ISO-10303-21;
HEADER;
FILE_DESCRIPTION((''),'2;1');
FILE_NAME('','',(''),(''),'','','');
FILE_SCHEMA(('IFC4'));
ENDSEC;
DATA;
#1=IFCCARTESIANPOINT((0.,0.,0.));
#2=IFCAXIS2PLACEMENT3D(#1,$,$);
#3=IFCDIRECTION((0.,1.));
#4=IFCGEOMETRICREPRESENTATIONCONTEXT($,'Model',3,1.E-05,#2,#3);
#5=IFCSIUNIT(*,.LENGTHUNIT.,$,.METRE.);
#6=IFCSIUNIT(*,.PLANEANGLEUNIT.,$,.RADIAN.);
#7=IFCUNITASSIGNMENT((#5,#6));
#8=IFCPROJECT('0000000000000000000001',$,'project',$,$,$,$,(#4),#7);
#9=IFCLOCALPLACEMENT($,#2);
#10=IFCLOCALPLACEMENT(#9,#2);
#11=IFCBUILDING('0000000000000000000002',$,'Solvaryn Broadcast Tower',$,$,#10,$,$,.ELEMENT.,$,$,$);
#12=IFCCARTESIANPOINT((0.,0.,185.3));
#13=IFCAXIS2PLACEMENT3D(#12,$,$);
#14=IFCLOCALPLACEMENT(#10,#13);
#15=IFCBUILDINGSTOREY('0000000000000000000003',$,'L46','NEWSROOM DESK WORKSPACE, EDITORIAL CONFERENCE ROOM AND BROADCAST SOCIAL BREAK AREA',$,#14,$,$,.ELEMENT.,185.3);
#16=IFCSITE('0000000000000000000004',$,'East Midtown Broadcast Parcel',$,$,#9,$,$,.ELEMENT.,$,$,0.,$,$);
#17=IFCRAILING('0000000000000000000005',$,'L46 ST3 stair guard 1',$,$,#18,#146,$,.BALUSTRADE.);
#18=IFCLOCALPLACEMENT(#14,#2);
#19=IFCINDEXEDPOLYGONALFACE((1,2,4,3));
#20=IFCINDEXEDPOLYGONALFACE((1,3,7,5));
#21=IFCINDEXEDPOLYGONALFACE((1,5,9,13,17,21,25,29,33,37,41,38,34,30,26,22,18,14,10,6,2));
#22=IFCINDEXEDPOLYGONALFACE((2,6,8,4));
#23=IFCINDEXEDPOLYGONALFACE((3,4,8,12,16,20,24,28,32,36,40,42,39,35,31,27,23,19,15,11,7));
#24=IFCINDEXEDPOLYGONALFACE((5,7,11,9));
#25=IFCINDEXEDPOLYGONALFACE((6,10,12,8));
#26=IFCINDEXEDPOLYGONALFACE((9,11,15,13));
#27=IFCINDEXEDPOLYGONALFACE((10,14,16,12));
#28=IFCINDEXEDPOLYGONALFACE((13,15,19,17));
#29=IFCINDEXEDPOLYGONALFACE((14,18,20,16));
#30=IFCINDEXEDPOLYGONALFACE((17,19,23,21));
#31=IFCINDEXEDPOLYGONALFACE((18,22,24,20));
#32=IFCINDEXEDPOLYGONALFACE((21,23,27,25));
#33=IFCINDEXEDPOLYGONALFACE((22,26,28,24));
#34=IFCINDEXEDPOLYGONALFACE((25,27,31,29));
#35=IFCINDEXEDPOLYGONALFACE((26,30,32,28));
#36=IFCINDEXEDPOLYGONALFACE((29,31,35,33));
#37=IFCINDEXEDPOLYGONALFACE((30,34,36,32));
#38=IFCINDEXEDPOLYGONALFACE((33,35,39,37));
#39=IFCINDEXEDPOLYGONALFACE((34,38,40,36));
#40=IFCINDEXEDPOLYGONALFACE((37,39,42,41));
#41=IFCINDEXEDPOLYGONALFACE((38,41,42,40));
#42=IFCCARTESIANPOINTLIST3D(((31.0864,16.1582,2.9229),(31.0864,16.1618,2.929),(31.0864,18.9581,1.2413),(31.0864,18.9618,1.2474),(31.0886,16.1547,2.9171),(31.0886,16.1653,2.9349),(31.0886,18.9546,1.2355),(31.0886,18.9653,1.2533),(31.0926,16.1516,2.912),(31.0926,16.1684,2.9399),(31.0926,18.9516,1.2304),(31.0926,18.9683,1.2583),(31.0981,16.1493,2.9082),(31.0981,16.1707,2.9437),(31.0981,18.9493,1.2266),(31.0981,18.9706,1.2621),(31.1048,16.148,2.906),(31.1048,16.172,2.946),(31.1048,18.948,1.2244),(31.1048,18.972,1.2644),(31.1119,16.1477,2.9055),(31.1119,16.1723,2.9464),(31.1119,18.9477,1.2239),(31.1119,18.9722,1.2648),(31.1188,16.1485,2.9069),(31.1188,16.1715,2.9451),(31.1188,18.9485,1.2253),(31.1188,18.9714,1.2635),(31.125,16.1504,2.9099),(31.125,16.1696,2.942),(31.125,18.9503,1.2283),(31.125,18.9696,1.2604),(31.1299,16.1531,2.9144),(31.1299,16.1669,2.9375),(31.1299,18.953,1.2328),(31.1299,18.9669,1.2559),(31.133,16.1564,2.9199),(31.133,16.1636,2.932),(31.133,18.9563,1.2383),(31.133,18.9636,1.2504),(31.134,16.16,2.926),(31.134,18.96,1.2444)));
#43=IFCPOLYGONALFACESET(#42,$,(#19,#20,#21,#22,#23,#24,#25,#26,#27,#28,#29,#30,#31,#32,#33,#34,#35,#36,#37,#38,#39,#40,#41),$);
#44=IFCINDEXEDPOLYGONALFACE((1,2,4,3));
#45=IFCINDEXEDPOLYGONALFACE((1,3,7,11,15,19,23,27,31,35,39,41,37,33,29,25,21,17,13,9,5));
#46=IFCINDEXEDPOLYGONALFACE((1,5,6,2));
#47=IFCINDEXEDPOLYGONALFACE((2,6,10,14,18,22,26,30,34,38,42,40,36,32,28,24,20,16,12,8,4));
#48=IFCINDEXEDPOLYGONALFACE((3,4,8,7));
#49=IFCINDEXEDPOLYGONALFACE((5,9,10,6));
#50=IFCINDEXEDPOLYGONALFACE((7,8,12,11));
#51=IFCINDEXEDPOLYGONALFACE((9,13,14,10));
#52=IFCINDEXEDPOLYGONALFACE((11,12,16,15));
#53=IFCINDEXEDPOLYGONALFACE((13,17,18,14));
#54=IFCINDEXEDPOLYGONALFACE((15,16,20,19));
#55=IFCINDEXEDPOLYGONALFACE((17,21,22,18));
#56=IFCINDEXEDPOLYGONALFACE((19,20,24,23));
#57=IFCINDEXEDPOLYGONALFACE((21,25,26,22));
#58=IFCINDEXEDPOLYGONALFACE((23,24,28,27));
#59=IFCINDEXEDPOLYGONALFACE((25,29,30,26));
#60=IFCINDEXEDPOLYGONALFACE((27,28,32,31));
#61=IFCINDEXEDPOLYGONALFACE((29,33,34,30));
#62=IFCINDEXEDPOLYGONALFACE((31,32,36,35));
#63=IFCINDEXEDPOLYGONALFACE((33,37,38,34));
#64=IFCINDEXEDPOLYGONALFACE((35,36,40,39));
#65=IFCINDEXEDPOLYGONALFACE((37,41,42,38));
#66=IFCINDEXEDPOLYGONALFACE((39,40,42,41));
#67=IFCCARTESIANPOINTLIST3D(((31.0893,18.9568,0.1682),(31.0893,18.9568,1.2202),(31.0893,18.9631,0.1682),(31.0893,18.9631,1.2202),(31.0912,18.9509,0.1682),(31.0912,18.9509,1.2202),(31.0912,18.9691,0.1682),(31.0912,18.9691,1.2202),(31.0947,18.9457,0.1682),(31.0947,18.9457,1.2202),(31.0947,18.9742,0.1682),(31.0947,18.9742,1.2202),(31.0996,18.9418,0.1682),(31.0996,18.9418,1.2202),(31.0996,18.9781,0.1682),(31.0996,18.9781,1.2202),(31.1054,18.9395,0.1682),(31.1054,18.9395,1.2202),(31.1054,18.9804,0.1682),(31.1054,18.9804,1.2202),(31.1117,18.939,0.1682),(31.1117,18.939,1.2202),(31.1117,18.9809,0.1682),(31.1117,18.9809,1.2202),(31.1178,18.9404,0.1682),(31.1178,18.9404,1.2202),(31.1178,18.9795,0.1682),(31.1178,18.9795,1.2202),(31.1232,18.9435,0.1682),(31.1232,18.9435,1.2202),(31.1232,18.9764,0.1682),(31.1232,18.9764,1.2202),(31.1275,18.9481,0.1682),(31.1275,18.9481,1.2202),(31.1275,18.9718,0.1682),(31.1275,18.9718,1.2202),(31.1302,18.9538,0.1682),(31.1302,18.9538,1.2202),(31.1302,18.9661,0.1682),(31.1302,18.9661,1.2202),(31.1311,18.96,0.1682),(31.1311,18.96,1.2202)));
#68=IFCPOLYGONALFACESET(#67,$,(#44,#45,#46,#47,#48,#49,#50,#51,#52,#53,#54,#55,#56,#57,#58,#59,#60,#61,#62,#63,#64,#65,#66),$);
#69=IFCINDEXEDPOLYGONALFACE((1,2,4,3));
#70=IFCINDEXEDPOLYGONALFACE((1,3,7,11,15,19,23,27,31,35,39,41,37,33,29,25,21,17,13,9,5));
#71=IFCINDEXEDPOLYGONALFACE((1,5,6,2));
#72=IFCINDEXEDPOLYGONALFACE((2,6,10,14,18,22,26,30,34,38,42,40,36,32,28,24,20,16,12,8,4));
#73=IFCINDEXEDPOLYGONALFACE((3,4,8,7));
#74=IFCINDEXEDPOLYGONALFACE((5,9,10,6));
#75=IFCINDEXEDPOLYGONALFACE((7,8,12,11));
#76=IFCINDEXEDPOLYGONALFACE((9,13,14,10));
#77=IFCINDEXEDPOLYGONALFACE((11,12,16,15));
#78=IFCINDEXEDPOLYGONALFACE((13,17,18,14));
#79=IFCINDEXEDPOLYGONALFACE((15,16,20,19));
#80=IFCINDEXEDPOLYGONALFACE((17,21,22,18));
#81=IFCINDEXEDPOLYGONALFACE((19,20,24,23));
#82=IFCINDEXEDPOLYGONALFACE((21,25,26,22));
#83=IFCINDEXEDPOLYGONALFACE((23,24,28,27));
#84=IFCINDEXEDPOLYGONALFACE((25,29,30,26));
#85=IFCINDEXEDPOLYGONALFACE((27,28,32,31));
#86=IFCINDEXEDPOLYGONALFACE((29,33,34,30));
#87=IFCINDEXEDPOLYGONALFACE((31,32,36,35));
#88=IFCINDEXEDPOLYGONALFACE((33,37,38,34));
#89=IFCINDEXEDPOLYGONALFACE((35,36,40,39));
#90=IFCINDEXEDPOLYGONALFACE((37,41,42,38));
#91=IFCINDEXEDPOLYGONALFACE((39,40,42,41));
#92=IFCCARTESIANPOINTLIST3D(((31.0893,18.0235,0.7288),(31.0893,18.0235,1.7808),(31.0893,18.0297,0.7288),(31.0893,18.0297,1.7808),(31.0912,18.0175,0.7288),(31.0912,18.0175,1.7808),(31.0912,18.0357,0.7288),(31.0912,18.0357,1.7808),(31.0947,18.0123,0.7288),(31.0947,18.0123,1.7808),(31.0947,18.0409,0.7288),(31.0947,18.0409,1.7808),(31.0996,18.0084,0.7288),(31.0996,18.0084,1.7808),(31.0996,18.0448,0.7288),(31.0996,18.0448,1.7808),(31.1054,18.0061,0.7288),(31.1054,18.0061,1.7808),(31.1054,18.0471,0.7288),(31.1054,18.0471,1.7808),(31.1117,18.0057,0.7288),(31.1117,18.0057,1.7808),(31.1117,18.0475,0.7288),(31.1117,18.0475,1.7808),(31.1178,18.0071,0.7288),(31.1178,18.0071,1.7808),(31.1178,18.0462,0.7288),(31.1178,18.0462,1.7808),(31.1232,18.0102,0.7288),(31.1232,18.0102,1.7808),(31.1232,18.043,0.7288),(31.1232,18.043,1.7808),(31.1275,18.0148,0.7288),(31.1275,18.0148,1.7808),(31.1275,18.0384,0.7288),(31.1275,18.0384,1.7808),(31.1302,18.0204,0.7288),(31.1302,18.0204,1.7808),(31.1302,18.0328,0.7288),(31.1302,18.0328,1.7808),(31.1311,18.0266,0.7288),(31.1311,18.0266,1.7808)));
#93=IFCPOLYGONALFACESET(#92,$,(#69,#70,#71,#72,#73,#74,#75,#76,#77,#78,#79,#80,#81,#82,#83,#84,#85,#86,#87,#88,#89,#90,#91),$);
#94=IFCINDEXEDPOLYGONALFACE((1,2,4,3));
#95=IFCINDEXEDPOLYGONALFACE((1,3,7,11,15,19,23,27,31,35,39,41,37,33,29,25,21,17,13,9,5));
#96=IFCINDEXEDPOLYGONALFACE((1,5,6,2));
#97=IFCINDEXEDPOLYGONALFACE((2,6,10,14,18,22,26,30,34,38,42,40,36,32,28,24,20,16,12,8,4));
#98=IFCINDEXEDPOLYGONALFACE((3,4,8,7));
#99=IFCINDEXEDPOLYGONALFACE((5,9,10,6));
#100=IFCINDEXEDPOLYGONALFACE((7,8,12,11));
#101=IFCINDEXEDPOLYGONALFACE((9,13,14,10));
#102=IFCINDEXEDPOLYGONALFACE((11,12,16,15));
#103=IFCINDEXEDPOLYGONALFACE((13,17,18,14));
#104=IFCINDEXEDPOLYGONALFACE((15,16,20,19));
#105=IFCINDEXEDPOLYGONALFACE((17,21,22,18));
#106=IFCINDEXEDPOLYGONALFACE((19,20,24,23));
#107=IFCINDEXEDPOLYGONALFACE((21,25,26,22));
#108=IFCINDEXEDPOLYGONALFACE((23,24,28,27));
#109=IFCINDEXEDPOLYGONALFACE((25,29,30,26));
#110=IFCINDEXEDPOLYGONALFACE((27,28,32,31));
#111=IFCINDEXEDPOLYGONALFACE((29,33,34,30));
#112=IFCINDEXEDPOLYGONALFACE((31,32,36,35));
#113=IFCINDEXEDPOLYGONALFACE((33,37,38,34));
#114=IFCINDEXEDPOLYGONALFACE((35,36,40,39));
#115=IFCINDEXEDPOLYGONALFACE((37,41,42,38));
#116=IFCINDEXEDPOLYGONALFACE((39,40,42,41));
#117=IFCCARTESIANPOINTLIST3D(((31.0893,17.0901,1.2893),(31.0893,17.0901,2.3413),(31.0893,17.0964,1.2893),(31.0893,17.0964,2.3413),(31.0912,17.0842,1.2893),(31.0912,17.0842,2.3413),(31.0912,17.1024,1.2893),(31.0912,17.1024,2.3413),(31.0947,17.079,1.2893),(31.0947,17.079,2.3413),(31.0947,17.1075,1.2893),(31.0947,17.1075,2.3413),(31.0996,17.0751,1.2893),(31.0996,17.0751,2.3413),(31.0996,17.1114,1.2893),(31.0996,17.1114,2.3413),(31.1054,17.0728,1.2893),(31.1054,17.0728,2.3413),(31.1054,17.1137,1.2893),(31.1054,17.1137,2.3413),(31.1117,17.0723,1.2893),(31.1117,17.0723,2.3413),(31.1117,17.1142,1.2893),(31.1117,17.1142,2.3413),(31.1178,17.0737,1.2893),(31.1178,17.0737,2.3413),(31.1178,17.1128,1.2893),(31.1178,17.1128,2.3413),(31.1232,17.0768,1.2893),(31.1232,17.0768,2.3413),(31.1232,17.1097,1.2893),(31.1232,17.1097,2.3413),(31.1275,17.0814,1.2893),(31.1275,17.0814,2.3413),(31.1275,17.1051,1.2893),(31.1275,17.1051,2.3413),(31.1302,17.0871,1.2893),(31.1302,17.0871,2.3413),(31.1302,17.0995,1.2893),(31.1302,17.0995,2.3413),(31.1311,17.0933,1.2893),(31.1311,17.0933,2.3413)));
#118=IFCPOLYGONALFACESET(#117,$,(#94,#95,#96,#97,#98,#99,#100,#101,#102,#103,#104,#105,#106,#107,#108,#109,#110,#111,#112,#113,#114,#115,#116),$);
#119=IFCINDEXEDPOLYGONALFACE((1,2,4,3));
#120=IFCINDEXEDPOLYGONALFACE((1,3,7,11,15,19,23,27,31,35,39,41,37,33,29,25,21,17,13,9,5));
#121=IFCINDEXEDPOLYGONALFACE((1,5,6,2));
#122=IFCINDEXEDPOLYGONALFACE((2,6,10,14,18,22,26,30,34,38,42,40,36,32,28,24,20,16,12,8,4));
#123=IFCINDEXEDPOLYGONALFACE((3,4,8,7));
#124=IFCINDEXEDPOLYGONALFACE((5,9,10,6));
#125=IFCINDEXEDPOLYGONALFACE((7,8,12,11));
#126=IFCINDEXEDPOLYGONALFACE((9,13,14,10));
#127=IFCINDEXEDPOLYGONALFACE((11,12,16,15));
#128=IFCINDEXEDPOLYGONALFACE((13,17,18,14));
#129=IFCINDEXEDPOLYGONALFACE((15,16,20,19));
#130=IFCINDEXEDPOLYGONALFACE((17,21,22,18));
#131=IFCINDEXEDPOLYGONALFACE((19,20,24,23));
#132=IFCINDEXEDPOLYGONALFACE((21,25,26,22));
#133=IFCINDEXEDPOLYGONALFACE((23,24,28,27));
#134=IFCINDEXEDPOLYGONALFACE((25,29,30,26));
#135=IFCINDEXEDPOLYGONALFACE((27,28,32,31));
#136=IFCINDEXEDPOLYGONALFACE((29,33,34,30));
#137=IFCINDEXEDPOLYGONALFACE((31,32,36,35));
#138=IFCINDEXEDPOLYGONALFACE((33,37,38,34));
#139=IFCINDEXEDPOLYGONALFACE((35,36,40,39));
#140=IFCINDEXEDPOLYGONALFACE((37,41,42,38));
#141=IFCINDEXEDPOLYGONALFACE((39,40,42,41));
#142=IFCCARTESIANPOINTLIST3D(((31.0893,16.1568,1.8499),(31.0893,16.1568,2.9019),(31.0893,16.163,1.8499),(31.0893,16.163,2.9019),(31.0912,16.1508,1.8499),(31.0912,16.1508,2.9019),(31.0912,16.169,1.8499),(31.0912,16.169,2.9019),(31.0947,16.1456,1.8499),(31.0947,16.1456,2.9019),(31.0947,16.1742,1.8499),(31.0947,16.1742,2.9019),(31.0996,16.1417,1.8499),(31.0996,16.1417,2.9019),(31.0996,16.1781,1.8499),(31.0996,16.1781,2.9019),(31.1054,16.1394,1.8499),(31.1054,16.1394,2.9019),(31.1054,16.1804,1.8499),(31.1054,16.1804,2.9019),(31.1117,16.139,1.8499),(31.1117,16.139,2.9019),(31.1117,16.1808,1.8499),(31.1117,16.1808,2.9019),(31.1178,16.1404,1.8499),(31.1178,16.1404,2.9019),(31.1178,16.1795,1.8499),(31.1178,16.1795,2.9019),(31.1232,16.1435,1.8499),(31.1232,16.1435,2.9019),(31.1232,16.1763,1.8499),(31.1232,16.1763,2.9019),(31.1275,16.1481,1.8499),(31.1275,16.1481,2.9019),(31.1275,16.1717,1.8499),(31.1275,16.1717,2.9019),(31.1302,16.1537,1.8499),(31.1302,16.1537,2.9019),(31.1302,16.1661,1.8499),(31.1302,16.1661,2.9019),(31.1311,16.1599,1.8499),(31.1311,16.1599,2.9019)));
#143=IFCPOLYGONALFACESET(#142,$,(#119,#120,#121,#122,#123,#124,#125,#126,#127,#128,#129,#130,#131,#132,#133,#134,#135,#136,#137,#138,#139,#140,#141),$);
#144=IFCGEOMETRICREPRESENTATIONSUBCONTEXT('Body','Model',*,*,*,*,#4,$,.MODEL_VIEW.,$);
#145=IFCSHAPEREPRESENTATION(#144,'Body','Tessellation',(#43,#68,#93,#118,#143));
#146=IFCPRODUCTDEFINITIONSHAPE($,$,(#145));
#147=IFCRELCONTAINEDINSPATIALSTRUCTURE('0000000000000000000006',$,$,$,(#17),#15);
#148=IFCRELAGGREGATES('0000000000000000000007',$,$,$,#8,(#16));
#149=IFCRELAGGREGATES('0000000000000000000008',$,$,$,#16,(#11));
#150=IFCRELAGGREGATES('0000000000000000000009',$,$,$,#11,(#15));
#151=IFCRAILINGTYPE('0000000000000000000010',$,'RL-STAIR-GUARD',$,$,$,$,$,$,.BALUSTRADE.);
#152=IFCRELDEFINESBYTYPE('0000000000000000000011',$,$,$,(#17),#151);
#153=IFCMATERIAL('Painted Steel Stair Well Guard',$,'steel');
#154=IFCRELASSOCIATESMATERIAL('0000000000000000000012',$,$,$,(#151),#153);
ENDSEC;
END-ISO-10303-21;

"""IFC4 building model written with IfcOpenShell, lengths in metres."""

from ifc_helpers import new_model, si_unit, direction, frame, origin, origin_2d, place, context, subcontext, project, spatial, circle, extrude, material, type_object, element, save


model = new_model("IFC4")

# Units and contexts
model_context = context("Model", 3, precision=1e-05, world=origin(), true_north=direction((0.0, 1.0)))
body_context = subcontext(model_context, "Body", "Model", "MODEL_VIEW")
ifc_project = project(units=[si_unit("LENGTHUNIT", "METRE"), si_unit("PLANEANGLEUNIT", "RADIAN")], contexts=[model_context])

# Site, building, storey
site_placement = place(None, origin())
site = spatial("IfcSite", under=ifc_project, at=site_placement, Name="East Midtown Broadcast Parcel", CompositionType="ELEMENT", RefElevation=0.0)
building_placement = place(site_placement, origin())
building = spatial("IfcBuilding", under=site, at=building_placement, Name="Solvaryn Broadcast Tower", CompositionType="ELEMENT")
storey_placement = place(building_placement, frame((0.0, 0.0, 185.3)))
storey = spatial("IfcBuildingStorey", under=building, at=storey_placement, Name="L46", Description="NEWSROOM DESK WORKSPACE, EDITORIAL CONFERENCE ROOM AND BROADCAST SOCIAL BREAK AREA", CompositionType="ELEMENT", Elevation=185.3)

# Railing
ifc_material_1 = material(Name="Painted Steel Stair Well Guard", Category="steel")
railing_type_1 = type_object("IfcRailingType", Name="RL-STAIR-GUARD", PredefinedType="BALUSTRADE", material=ifc_material_1)
railing_1_placement = place(storey_placement, frame((31.1101, 18.96, 0.1682)))
element("IfcRailing", 1, at=railing_1_placement, inside=storey, type_object=railing_type_1, Name="L46 ST3 stair guard 1", PredefinedType="BALUSTRADE", context=body_context, shape_type="SweptSolid", body=[
    extrude(circle(Radius=0.0239, at=origin_2d()), frame((0.0, 0.0, 1.0762), z_axis=(0.0, -0.857275, 0.514858), x_axis=(1.0, 0.0, 0.0)), (0.0, 0.0, 1.0), 3.2661),
    extrude(circle(Radius=0.021, at=origin_2d()), origin(), (0.0, 0.0, 1.0), 1.052),
    extrude(circle(Radius=0.021, at=origin_2d()), frame((0.0, -0.9333, 0.5605)), (0.0, 0.0, 1.0), 1.052),
    extrude(circle(Radius=0.021, at=origin_2d()), frame((0.0, -1.8667, 1.1211)), (0.0, 0.0, 1.0), 1.052),
    extrude(circle(Radius=0.021, at=origin_2d()), frame((0.0, -2.8, 1.6816)), (0.0, 0.0, 1.0), 1.052),
])

save(model, "model.ifc")
